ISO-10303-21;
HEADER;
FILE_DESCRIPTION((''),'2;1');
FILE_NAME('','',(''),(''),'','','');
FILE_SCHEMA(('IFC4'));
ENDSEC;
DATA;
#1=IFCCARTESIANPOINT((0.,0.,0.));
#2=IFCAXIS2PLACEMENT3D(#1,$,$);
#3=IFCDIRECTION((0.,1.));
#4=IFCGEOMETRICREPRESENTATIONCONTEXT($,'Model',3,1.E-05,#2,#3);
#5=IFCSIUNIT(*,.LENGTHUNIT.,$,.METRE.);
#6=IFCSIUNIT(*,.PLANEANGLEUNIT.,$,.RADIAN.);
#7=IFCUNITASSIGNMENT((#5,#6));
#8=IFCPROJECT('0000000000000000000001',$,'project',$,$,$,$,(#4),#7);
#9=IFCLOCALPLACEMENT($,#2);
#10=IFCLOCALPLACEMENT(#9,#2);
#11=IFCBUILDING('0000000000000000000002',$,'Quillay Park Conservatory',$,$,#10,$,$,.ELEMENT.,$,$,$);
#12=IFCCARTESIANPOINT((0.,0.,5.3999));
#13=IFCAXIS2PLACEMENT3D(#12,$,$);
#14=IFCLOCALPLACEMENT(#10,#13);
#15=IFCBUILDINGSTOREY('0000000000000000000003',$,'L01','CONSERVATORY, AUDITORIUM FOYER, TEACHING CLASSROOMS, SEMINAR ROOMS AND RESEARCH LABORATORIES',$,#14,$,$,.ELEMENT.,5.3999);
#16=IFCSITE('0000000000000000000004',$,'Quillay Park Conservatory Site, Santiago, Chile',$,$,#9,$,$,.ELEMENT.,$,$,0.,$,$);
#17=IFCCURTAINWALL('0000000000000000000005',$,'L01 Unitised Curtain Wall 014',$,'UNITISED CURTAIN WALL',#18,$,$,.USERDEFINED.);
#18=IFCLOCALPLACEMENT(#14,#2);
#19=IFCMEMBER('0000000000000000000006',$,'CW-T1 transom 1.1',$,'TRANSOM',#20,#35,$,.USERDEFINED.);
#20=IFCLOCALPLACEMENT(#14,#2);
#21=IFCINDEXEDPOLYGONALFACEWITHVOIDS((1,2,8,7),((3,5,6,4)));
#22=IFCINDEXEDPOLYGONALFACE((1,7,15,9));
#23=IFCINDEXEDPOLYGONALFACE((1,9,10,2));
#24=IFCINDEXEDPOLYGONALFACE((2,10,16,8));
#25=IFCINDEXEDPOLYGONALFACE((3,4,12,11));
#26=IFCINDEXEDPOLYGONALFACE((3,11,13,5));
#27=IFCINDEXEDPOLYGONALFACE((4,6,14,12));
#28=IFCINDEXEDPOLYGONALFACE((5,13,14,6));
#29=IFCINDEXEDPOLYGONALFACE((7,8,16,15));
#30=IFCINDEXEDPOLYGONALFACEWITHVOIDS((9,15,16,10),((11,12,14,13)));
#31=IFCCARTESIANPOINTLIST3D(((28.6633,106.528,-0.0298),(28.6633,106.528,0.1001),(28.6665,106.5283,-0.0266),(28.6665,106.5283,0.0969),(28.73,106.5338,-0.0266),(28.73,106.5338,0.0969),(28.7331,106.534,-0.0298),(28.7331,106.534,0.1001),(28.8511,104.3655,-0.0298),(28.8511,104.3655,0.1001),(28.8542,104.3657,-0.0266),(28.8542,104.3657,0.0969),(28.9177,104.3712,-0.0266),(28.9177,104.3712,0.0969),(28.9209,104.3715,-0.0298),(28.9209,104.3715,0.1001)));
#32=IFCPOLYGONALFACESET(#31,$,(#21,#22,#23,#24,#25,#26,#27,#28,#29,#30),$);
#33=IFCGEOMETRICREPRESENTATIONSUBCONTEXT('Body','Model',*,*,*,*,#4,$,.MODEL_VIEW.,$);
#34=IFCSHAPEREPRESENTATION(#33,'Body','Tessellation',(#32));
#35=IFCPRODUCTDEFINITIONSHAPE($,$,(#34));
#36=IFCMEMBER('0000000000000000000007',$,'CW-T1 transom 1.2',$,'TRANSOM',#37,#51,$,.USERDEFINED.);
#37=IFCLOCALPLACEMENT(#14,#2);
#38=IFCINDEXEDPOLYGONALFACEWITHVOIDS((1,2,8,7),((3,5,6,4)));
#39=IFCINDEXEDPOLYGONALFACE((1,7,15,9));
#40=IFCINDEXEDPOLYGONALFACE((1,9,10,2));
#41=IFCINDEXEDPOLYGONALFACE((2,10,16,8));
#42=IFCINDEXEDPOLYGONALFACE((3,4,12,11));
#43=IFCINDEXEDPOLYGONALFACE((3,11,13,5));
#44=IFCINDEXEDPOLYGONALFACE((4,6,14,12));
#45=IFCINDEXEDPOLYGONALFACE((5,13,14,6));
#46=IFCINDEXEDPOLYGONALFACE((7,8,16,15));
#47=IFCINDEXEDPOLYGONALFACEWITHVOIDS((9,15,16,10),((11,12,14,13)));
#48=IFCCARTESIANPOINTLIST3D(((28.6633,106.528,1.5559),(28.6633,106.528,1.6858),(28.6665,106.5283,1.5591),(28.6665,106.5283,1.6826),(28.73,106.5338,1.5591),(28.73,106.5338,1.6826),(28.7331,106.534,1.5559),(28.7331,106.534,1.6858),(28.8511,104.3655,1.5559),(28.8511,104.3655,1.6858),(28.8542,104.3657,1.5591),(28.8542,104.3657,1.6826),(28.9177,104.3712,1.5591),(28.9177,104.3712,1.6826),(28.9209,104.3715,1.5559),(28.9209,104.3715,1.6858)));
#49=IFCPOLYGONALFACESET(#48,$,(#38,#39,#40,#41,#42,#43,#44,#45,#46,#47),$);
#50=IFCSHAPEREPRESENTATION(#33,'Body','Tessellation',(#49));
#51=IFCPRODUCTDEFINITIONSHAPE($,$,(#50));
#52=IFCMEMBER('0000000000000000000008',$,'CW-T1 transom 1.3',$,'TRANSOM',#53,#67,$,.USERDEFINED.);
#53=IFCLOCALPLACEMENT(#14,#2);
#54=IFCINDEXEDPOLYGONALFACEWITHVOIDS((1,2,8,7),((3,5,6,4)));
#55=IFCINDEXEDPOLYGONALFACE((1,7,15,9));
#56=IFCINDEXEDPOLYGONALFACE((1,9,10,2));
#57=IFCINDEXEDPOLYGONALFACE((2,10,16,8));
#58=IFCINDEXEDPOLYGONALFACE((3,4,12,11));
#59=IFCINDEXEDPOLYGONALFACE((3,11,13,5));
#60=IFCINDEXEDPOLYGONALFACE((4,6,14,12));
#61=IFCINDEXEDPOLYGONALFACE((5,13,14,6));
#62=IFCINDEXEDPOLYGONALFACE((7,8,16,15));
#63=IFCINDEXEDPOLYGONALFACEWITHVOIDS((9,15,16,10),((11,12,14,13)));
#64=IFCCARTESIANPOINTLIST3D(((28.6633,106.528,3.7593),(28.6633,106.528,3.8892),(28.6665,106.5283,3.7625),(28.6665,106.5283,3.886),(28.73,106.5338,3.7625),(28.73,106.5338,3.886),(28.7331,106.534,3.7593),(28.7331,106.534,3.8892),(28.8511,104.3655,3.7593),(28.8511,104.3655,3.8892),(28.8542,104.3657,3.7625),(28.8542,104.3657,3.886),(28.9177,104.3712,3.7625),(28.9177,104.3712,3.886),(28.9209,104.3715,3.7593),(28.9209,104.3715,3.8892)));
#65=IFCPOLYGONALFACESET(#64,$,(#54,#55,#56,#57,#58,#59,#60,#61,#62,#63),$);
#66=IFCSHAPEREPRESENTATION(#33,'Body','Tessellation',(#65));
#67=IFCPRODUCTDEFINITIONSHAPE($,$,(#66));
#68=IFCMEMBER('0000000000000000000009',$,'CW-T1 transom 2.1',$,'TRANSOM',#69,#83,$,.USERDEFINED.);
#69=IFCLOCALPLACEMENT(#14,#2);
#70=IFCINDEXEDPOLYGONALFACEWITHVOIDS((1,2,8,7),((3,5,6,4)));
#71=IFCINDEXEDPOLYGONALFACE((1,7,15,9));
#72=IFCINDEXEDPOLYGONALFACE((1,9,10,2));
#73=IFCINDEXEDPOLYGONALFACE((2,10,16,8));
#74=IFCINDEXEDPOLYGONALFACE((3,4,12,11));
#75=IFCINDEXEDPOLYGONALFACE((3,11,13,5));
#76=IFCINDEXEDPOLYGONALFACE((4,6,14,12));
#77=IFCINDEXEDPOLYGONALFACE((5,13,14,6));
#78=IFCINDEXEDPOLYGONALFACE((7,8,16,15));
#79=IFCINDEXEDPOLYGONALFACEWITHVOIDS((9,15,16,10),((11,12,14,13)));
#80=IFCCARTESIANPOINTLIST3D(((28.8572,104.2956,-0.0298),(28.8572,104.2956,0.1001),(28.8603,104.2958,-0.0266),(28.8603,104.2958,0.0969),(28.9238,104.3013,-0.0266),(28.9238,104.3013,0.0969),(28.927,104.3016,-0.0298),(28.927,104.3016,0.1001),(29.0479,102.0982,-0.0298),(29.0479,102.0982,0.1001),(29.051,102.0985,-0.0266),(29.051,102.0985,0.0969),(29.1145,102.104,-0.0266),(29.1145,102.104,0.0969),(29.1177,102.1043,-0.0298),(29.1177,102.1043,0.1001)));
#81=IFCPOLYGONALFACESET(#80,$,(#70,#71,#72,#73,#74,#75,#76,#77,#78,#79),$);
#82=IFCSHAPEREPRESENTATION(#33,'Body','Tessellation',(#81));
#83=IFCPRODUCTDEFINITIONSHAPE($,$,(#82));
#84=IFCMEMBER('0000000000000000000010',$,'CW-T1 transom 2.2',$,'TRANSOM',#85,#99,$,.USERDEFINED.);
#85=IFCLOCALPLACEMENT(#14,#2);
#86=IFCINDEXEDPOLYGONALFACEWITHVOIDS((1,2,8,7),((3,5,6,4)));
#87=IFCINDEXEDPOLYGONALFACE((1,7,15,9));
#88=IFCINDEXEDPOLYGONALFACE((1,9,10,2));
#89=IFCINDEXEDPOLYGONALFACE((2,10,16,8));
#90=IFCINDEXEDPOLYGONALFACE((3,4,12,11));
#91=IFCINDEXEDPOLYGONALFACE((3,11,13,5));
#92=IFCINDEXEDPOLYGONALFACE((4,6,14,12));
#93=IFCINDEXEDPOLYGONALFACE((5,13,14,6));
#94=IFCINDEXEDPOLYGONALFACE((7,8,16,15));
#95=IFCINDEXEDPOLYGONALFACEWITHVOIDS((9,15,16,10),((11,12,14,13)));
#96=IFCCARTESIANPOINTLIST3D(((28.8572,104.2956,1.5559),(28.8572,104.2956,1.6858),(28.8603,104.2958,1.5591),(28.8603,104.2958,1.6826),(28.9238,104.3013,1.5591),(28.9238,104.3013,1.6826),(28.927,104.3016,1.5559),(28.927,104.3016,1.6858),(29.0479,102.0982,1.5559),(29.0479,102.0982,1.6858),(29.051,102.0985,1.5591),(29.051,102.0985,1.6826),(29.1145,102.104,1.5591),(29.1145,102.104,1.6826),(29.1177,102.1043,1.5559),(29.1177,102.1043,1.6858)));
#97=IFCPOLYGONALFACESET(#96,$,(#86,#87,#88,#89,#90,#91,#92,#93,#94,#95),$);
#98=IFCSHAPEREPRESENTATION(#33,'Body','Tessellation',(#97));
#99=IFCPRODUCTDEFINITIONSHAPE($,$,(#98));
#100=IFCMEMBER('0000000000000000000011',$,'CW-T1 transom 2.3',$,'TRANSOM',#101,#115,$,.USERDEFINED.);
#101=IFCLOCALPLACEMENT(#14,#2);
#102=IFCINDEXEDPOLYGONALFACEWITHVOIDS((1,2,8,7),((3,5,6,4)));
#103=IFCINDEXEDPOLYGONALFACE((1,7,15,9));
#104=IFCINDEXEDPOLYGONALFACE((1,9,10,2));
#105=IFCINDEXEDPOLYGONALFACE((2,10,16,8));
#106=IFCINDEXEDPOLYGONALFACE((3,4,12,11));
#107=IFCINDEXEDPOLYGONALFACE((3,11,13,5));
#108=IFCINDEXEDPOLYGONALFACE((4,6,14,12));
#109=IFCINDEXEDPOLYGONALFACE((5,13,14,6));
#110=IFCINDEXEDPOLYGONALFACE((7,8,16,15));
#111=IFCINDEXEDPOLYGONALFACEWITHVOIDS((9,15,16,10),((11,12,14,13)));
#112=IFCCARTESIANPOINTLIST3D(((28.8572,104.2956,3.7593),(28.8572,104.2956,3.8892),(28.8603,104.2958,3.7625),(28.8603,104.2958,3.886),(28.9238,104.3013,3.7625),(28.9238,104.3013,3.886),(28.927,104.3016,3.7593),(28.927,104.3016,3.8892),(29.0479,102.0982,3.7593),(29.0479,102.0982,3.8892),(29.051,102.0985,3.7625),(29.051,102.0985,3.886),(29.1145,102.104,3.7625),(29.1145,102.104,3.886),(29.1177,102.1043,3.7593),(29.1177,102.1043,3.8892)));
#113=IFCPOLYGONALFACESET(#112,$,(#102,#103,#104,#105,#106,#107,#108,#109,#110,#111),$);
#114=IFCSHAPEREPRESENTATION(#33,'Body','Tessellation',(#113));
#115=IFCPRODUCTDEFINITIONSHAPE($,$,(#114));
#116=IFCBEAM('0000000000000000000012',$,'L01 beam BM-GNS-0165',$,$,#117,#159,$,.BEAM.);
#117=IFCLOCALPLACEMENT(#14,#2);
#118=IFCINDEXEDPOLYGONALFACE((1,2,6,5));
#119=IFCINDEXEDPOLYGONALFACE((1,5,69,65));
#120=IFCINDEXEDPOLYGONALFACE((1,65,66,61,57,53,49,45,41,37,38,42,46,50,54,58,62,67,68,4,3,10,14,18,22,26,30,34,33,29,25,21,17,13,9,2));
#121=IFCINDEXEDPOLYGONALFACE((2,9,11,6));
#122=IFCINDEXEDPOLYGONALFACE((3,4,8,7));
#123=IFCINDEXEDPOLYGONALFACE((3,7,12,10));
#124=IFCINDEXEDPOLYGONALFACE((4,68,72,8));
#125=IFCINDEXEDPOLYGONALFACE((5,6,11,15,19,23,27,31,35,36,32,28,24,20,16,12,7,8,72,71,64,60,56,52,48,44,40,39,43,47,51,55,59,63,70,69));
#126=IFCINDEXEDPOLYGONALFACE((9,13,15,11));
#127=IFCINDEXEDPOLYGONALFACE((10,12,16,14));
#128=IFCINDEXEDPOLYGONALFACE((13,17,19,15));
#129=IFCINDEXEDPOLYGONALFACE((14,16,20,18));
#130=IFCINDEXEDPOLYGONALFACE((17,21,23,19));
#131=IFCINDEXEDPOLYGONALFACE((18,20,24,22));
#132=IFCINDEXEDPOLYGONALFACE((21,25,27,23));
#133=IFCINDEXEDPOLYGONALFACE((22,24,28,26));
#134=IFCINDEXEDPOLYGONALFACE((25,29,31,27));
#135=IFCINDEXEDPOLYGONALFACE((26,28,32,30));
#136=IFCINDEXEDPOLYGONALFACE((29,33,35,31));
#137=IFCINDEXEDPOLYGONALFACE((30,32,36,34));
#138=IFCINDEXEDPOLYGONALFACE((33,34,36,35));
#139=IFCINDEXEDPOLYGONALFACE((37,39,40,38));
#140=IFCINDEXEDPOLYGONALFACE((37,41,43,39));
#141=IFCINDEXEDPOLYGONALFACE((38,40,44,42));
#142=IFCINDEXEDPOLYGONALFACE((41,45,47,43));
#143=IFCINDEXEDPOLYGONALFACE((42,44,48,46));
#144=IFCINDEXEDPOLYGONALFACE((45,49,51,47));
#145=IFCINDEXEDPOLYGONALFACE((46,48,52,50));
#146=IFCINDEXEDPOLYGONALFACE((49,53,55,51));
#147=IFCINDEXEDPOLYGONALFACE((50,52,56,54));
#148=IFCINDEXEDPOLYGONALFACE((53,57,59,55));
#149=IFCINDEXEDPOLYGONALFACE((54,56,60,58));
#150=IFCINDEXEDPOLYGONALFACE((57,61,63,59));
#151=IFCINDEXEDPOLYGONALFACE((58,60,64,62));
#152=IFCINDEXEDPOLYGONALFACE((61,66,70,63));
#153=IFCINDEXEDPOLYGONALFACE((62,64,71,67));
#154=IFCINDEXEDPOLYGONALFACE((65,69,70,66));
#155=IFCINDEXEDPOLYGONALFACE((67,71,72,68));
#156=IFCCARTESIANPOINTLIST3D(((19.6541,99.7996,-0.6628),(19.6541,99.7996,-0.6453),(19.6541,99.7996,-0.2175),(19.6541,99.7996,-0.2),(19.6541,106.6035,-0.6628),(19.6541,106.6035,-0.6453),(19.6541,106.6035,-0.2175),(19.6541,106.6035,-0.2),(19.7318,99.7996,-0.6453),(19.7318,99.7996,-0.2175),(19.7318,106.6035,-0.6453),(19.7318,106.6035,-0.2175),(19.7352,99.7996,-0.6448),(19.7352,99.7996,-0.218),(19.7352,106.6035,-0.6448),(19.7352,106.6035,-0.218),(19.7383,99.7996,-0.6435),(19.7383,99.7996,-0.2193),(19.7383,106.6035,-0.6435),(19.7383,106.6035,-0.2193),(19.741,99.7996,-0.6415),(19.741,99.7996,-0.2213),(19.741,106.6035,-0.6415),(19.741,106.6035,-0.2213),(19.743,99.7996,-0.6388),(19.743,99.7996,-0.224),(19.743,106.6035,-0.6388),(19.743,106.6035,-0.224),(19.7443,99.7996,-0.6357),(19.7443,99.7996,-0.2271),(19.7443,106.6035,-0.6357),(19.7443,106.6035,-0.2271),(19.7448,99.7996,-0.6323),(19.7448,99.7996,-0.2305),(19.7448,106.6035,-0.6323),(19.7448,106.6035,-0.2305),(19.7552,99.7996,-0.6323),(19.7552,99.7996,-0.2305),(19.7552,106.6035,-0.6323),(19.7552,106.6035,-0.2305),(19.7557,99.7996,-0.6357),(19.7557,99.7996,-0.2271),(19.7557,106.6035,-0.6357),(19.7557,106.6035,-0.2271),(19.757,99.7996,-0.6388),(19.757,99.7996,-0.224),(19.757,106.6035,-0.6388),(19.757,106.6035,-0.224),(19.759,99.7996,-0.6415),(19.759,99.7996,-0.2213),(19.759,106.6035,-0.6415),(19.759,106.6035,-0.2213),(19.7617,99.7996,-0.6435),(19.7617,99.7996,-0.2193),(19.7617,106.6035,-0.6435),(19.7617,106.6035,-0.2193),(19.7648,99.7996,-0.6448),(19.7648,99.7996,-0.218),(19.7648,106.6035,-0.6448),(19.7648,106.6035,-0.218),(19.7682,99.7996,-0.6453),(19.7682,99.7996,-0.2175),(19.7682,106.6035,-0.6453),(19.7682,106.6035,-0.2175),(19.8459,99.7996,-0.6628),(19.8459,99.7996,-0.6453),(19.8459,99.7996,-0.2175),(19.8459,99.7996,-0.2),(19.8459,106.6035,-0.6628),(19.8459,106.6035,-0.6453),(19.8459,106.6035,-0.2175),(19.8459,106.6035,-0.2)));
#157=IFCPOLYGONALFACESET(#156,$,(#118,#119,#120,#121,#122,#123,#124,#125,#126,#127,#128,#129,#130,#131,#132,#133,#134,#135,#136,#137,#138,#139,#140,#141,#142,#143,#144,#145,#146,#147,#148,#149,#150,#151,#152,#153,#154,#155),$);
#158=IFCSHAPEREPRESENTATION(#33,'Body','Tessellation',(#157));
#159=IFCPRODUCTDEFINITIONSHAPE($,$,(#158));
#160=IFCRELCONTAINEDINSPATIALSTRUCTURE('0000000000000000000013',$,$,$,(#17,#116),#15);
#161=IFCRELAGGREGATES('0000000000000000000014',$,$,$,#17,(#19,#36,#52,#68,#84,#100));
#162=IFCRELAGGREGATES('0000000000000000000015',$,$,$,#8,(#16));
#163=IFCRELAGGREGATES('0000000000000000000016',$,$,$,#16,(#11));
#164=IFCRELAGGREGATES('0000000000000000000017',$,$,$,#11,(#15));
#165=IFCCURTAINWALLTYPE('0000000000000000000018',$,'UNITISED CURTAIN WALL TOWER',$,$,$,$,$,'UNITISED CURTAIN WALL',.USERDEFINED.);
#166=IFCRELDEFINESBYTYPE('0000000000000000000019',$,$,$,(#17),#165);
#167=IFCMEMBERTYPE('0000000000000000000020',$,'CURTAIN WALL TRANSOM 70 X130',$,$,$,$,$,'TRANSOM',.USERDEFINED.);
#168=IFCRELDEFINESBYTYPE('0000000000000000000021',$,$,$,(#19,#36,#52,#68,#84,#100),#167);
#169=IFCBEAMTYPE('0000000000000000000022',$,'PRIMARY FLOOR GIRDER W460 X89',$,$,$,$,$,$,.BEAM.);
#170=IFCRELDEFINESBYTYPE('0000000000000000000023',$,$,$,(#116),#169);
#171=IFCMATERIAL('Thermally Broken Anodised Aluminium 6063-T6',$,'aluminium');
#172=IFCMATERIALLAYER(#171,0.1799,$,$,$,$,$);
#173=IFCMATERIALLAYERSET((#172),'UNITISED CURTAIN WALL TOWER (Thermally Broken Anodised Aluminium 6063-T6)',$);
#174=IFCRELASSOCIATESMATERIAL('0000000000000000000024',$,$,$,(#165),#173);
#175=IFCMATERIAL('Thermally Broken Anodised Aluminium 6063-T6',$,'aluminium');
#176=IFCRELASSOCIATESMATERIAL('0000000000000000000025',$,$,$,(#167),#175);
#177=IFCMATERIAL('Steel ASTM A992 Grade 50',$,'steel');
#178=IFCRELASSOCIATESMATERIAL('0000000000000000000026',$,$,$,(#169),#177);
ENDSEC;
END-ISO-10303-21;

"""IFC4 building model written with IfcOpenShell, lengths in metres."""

from ifc_helpers import new_model, si_unit, direction, frame, origin, origin_2d, place, context, subcontext, project, spatial, hollow_rectangle, i_section, extrude, material, layer, layer_set, material_profile, profile_set, type_object, element, aggregate, save


model = new_model("IFC4")

# Units and contexts
model_context = context("Model", 3, precision=1e-05, world=origin(), true_north=direction((0.0, 1.0)))
body_context = subcontext(model_context, "Body", "Model", "MODEL_VIEW")
ifc_project = project(units=[si_unit("LENGTHUNIT", "METRE"), si_unit("PLANEANGLEUNIT", "RADIAN")], contexts=[model_context])

# Site, building, storey
site_placement = place(None, origin())
site = spatial("IfcSite", under=ifc_project, at=site_placement, Name="Quillay Park Conservatory Site, Santiago, Chile", CompositionType="ELEMENT", RefElevation=0.0)
building_placement = place(site_placement, origin())
building = spatial("IfcBuilding", under=site, at=building_placement, Name="Quillay Park Conservatory", CompositionType="ELEMENT")
storey_placement = place(building_placement, frame((0.0, 0.0, 5.3999)))
storey = spatial("IfcBuildingStorey", under=building, at=storey_placement, Name="L01", Description="CONSERVATORY, AUDITORIUM FOYER, TEACHING CLASSROOMS, SEMINAR ROOMS AND RESEARCH LABORATORIES", CompositionType="ELEMENT", Elevation=5.3999)

# Curtain wall, members
ifc_material_1 = material(Name="Thermally Broken Anodised Aluminium 6063-T6", Category="aluminium")
ifc_layer_1 = layer(ifc_material_1, 0.1799)
ifc_layer_set_1 = layer_set([ifc_layer_1], Name="UNITISED CURTAIN WALL TOWER (Thermally Broken Anodised Aluminium 6063-T6)")
curtain_wall_type = type_object("IfcCurtainWallType", Name="UNITISED CURTAIN WALL TOWER", ElementType="UNITISED CURTAIN WALL", PredefinedType="USERDEFINED", material=ifc_layer_set_1)
curtain_wall_placement = place(storey_placement, origin())
curtain_wall = element("IfcCurtainWall", 1, at=curtain_wall_placement, inside=storey, type_object=curtain_wall_type, Name="L01 Unitised Curtain Wall 014", ObjectType="UNITISED CURTAIN WALL", PredefinedType="USERDEFINED")
ifc_material_2 = material(Name="Thermally Broken Anodised Aluminium 6063-T6", Category="aluminium")
ifc_material_profile_1 = material_profile(ifc_material_2, hollow_rectangle(XDim=0.0701, YDim=0.1299, WallThickness=0.0032, at=origin_2d()), Name="AL70x130x3.2")
ifc_profile_set_1 = profile_set([ifc_material_profile_1], Name="Thermally Broken Anodised Aluminium 6063-T6")
member_type_1 = type_object("IfcMemberType", Name="CURTAIN WALL TRANSOM 70 X130", ElementType="TRANSOM", PredefinedType="USERDEFINED", material=ifc_profile_set_1)
member_1_placement = place(storey_placement, frame((28.6982, 106.531, 0.0352), z_axis=(0.086489, -0.996253, 0.0), x_axis=(0.996253, 0.086489, 0.0)))
member_1 = element("IfcMember", 2, at=member_1_placement, type_object=member_type_1, Name="CW-T1 transom 1.1", ObjectType="TRANSOM", PredefinedType="USERDEFINED", context=body_context, shape_type="SweptSolid", body=[
    extrude(hollow_rectangle(XDim=0.0701, YDim=0.1299, WallThickness=0.0032, at=origin_2d()), origin(), (0.0, 0.0, 1.0), 2.1707),
])
member_2_placement = place(storey_placement, frame((28.6982, 106.531, 1.6208), z_axis=(0.086489, -0.996253, 0.0), x_axis=(0.996253, 0.086489, 0.0)))
member_2 = element("IfcMember", 3, at=member_2_placement, type_object=member_type_1, Name="CW-T1 transom 1.2", ObjectType="TRANSOM", PredefinedType="USERDEFINED", context=body_context, shape_type="SweptSolid", body=[
    extrude(hollow_rectangle(XDim=0.0701, YDim=0.1299, WallThickness=0.0032, at=origin_2d()), origin(), (0.0, 0.0, 1.0), 2.1707),
])
member_3_placement = place(storey_placement, frame((28.6982, 106.531, 3.8242), z_axis=(0.086489, -0.996253, 0.0), x_axis=(0.996253, 0.086489, 0.0)))
member_3 = element("IfcMember", 4, at=member_3_placement, type_object=member_type_1, Name="CW-T1 transom 1.3", ObjectType="TRANSOM", PredefinedType="USERDEFINED", context=body_context, shape_type="SweptSolid", body=[
    extrude(hollow_rectangle(XDim=0.0701, YDim=0.1299, WallThickness=0.0032, at=origin_2d()), origin(), (0.0, 0.0, 1.0), 2.1707),
])
member_4_placement = place(storey_placement, frame((28.8921, 104.2986, 0.0352), z_axis=(0.086453, -0.996256, 0.0), x_axis=(0.996256, 0.086453, 0.0)))
member_4 = element("IfcMember", 5, at=member_4_placement, type_object=member_type_1, Name="CW-T1 transom 2.1", ObjectType="TRANSOM", PredefinedType="USERDEFINED", context=body_context, shape_type="SweptSolid", body=[
    extrude(hollow_rectangle(XDim=0.0701, YDim=0.1299, WallThickness=0.0032, at=origin_2d()), origin(), (0.0, 0.0, 1.0), 2.2056),
])
member_5_placement = place(storey_placement, frame((28.8921, 104.2986, 1.6208), z_axis=(0.086453, -0.996256, 0.0), x_axis=(0.996256, 0.086453, 0.0)))
member_5 = element("IfcMember", 6, at=member_5_placement, type_object=member_type_1, Name="CW-T1 transom 2.2", ObjectType="TRANSOM", PredefinedType="USERDEFINED", context=body_context, shape_type="SweptSolid", body=[
    extrude(hollow_rectangle(XDim=0.0701, YDim=0.1299, WallThickness=0.0032, at=origin_2d()), origin(), (0.0, 0.0, 1.0), 2.2056),
])
member_6_placement = place(storey_placement, frame((28.8921, 104.2986, 3.8242), z_axis=(0.086453, -0.996256, 0.0), x_axis=(0.996256, 0.086453, 0.0)))
member_6 = element("IfcMember", 7, at=member_6_placement, type_object=member_type_1, Name="CW-T1 transom 2.3", ObjectType="TRANSOM", PredefinedType="USERDEFINED", context=body_context, shape_type="SweptSolid", body=[
    extrude(hollow_rectangle(XDim=0.0701, YDim=0.1299, WallThickness=0.0032, at=origin_2d()), origin(), (0.0, 0.0, 1.0), 2.2056),
])

# Beam
ifc_material_3 = material(Name="Steel ASTM A992 Grade 50", Category="steel")
ifc_material_profile_2 = material_profile(ifc_material_3, i_section(OverallWidth=0.1919, OverallDepth=0.4629, WebThickness=0.0105, FlangeThickness=0.0176, FilletRadius=0.0129, at=origin_2d()), Name="W460x89")
ifc_profile_set_2 = profile_set([ifc_material_profile_2], Name="Steel ASTM A992 Grade 50")
beam_type_1 = type_object("IfcBeamType", Name="PRIMARY FLOOR GIRDER W460 X89", PredefinedType="BEAM", material=ifc_profile_set_2)
beam_1_placement = place(storey_placement, frame((19.75, 99.7996, -0.4314), z_axis=(0.0, 1.0, 0.0), x_axis=(-1.0, 0.0, 0.0)))
element("IfcBeam", 8, at=beam_1_placement, inside=storey, type_object=beam_type_1, Name="L01 beam BM-GNS-0165", PredefinedType="BEAM", context=body_context, shape_type="SweptSolid", body=[
    extrude(i_section(OverallWidth=0.1919, OverallDepth=0.4629, WebThickness=0.0105, FlangeThickness=0.0176, FilletRadius=0.0129, at=origin_2d()), origin(), (0.0, 0.0, 1.0), 6.804),
])

aggregate(curtain_wall, [member_1, member_2, member_3, member_4, member_5, member_6])

save(model, "model.ifc")
